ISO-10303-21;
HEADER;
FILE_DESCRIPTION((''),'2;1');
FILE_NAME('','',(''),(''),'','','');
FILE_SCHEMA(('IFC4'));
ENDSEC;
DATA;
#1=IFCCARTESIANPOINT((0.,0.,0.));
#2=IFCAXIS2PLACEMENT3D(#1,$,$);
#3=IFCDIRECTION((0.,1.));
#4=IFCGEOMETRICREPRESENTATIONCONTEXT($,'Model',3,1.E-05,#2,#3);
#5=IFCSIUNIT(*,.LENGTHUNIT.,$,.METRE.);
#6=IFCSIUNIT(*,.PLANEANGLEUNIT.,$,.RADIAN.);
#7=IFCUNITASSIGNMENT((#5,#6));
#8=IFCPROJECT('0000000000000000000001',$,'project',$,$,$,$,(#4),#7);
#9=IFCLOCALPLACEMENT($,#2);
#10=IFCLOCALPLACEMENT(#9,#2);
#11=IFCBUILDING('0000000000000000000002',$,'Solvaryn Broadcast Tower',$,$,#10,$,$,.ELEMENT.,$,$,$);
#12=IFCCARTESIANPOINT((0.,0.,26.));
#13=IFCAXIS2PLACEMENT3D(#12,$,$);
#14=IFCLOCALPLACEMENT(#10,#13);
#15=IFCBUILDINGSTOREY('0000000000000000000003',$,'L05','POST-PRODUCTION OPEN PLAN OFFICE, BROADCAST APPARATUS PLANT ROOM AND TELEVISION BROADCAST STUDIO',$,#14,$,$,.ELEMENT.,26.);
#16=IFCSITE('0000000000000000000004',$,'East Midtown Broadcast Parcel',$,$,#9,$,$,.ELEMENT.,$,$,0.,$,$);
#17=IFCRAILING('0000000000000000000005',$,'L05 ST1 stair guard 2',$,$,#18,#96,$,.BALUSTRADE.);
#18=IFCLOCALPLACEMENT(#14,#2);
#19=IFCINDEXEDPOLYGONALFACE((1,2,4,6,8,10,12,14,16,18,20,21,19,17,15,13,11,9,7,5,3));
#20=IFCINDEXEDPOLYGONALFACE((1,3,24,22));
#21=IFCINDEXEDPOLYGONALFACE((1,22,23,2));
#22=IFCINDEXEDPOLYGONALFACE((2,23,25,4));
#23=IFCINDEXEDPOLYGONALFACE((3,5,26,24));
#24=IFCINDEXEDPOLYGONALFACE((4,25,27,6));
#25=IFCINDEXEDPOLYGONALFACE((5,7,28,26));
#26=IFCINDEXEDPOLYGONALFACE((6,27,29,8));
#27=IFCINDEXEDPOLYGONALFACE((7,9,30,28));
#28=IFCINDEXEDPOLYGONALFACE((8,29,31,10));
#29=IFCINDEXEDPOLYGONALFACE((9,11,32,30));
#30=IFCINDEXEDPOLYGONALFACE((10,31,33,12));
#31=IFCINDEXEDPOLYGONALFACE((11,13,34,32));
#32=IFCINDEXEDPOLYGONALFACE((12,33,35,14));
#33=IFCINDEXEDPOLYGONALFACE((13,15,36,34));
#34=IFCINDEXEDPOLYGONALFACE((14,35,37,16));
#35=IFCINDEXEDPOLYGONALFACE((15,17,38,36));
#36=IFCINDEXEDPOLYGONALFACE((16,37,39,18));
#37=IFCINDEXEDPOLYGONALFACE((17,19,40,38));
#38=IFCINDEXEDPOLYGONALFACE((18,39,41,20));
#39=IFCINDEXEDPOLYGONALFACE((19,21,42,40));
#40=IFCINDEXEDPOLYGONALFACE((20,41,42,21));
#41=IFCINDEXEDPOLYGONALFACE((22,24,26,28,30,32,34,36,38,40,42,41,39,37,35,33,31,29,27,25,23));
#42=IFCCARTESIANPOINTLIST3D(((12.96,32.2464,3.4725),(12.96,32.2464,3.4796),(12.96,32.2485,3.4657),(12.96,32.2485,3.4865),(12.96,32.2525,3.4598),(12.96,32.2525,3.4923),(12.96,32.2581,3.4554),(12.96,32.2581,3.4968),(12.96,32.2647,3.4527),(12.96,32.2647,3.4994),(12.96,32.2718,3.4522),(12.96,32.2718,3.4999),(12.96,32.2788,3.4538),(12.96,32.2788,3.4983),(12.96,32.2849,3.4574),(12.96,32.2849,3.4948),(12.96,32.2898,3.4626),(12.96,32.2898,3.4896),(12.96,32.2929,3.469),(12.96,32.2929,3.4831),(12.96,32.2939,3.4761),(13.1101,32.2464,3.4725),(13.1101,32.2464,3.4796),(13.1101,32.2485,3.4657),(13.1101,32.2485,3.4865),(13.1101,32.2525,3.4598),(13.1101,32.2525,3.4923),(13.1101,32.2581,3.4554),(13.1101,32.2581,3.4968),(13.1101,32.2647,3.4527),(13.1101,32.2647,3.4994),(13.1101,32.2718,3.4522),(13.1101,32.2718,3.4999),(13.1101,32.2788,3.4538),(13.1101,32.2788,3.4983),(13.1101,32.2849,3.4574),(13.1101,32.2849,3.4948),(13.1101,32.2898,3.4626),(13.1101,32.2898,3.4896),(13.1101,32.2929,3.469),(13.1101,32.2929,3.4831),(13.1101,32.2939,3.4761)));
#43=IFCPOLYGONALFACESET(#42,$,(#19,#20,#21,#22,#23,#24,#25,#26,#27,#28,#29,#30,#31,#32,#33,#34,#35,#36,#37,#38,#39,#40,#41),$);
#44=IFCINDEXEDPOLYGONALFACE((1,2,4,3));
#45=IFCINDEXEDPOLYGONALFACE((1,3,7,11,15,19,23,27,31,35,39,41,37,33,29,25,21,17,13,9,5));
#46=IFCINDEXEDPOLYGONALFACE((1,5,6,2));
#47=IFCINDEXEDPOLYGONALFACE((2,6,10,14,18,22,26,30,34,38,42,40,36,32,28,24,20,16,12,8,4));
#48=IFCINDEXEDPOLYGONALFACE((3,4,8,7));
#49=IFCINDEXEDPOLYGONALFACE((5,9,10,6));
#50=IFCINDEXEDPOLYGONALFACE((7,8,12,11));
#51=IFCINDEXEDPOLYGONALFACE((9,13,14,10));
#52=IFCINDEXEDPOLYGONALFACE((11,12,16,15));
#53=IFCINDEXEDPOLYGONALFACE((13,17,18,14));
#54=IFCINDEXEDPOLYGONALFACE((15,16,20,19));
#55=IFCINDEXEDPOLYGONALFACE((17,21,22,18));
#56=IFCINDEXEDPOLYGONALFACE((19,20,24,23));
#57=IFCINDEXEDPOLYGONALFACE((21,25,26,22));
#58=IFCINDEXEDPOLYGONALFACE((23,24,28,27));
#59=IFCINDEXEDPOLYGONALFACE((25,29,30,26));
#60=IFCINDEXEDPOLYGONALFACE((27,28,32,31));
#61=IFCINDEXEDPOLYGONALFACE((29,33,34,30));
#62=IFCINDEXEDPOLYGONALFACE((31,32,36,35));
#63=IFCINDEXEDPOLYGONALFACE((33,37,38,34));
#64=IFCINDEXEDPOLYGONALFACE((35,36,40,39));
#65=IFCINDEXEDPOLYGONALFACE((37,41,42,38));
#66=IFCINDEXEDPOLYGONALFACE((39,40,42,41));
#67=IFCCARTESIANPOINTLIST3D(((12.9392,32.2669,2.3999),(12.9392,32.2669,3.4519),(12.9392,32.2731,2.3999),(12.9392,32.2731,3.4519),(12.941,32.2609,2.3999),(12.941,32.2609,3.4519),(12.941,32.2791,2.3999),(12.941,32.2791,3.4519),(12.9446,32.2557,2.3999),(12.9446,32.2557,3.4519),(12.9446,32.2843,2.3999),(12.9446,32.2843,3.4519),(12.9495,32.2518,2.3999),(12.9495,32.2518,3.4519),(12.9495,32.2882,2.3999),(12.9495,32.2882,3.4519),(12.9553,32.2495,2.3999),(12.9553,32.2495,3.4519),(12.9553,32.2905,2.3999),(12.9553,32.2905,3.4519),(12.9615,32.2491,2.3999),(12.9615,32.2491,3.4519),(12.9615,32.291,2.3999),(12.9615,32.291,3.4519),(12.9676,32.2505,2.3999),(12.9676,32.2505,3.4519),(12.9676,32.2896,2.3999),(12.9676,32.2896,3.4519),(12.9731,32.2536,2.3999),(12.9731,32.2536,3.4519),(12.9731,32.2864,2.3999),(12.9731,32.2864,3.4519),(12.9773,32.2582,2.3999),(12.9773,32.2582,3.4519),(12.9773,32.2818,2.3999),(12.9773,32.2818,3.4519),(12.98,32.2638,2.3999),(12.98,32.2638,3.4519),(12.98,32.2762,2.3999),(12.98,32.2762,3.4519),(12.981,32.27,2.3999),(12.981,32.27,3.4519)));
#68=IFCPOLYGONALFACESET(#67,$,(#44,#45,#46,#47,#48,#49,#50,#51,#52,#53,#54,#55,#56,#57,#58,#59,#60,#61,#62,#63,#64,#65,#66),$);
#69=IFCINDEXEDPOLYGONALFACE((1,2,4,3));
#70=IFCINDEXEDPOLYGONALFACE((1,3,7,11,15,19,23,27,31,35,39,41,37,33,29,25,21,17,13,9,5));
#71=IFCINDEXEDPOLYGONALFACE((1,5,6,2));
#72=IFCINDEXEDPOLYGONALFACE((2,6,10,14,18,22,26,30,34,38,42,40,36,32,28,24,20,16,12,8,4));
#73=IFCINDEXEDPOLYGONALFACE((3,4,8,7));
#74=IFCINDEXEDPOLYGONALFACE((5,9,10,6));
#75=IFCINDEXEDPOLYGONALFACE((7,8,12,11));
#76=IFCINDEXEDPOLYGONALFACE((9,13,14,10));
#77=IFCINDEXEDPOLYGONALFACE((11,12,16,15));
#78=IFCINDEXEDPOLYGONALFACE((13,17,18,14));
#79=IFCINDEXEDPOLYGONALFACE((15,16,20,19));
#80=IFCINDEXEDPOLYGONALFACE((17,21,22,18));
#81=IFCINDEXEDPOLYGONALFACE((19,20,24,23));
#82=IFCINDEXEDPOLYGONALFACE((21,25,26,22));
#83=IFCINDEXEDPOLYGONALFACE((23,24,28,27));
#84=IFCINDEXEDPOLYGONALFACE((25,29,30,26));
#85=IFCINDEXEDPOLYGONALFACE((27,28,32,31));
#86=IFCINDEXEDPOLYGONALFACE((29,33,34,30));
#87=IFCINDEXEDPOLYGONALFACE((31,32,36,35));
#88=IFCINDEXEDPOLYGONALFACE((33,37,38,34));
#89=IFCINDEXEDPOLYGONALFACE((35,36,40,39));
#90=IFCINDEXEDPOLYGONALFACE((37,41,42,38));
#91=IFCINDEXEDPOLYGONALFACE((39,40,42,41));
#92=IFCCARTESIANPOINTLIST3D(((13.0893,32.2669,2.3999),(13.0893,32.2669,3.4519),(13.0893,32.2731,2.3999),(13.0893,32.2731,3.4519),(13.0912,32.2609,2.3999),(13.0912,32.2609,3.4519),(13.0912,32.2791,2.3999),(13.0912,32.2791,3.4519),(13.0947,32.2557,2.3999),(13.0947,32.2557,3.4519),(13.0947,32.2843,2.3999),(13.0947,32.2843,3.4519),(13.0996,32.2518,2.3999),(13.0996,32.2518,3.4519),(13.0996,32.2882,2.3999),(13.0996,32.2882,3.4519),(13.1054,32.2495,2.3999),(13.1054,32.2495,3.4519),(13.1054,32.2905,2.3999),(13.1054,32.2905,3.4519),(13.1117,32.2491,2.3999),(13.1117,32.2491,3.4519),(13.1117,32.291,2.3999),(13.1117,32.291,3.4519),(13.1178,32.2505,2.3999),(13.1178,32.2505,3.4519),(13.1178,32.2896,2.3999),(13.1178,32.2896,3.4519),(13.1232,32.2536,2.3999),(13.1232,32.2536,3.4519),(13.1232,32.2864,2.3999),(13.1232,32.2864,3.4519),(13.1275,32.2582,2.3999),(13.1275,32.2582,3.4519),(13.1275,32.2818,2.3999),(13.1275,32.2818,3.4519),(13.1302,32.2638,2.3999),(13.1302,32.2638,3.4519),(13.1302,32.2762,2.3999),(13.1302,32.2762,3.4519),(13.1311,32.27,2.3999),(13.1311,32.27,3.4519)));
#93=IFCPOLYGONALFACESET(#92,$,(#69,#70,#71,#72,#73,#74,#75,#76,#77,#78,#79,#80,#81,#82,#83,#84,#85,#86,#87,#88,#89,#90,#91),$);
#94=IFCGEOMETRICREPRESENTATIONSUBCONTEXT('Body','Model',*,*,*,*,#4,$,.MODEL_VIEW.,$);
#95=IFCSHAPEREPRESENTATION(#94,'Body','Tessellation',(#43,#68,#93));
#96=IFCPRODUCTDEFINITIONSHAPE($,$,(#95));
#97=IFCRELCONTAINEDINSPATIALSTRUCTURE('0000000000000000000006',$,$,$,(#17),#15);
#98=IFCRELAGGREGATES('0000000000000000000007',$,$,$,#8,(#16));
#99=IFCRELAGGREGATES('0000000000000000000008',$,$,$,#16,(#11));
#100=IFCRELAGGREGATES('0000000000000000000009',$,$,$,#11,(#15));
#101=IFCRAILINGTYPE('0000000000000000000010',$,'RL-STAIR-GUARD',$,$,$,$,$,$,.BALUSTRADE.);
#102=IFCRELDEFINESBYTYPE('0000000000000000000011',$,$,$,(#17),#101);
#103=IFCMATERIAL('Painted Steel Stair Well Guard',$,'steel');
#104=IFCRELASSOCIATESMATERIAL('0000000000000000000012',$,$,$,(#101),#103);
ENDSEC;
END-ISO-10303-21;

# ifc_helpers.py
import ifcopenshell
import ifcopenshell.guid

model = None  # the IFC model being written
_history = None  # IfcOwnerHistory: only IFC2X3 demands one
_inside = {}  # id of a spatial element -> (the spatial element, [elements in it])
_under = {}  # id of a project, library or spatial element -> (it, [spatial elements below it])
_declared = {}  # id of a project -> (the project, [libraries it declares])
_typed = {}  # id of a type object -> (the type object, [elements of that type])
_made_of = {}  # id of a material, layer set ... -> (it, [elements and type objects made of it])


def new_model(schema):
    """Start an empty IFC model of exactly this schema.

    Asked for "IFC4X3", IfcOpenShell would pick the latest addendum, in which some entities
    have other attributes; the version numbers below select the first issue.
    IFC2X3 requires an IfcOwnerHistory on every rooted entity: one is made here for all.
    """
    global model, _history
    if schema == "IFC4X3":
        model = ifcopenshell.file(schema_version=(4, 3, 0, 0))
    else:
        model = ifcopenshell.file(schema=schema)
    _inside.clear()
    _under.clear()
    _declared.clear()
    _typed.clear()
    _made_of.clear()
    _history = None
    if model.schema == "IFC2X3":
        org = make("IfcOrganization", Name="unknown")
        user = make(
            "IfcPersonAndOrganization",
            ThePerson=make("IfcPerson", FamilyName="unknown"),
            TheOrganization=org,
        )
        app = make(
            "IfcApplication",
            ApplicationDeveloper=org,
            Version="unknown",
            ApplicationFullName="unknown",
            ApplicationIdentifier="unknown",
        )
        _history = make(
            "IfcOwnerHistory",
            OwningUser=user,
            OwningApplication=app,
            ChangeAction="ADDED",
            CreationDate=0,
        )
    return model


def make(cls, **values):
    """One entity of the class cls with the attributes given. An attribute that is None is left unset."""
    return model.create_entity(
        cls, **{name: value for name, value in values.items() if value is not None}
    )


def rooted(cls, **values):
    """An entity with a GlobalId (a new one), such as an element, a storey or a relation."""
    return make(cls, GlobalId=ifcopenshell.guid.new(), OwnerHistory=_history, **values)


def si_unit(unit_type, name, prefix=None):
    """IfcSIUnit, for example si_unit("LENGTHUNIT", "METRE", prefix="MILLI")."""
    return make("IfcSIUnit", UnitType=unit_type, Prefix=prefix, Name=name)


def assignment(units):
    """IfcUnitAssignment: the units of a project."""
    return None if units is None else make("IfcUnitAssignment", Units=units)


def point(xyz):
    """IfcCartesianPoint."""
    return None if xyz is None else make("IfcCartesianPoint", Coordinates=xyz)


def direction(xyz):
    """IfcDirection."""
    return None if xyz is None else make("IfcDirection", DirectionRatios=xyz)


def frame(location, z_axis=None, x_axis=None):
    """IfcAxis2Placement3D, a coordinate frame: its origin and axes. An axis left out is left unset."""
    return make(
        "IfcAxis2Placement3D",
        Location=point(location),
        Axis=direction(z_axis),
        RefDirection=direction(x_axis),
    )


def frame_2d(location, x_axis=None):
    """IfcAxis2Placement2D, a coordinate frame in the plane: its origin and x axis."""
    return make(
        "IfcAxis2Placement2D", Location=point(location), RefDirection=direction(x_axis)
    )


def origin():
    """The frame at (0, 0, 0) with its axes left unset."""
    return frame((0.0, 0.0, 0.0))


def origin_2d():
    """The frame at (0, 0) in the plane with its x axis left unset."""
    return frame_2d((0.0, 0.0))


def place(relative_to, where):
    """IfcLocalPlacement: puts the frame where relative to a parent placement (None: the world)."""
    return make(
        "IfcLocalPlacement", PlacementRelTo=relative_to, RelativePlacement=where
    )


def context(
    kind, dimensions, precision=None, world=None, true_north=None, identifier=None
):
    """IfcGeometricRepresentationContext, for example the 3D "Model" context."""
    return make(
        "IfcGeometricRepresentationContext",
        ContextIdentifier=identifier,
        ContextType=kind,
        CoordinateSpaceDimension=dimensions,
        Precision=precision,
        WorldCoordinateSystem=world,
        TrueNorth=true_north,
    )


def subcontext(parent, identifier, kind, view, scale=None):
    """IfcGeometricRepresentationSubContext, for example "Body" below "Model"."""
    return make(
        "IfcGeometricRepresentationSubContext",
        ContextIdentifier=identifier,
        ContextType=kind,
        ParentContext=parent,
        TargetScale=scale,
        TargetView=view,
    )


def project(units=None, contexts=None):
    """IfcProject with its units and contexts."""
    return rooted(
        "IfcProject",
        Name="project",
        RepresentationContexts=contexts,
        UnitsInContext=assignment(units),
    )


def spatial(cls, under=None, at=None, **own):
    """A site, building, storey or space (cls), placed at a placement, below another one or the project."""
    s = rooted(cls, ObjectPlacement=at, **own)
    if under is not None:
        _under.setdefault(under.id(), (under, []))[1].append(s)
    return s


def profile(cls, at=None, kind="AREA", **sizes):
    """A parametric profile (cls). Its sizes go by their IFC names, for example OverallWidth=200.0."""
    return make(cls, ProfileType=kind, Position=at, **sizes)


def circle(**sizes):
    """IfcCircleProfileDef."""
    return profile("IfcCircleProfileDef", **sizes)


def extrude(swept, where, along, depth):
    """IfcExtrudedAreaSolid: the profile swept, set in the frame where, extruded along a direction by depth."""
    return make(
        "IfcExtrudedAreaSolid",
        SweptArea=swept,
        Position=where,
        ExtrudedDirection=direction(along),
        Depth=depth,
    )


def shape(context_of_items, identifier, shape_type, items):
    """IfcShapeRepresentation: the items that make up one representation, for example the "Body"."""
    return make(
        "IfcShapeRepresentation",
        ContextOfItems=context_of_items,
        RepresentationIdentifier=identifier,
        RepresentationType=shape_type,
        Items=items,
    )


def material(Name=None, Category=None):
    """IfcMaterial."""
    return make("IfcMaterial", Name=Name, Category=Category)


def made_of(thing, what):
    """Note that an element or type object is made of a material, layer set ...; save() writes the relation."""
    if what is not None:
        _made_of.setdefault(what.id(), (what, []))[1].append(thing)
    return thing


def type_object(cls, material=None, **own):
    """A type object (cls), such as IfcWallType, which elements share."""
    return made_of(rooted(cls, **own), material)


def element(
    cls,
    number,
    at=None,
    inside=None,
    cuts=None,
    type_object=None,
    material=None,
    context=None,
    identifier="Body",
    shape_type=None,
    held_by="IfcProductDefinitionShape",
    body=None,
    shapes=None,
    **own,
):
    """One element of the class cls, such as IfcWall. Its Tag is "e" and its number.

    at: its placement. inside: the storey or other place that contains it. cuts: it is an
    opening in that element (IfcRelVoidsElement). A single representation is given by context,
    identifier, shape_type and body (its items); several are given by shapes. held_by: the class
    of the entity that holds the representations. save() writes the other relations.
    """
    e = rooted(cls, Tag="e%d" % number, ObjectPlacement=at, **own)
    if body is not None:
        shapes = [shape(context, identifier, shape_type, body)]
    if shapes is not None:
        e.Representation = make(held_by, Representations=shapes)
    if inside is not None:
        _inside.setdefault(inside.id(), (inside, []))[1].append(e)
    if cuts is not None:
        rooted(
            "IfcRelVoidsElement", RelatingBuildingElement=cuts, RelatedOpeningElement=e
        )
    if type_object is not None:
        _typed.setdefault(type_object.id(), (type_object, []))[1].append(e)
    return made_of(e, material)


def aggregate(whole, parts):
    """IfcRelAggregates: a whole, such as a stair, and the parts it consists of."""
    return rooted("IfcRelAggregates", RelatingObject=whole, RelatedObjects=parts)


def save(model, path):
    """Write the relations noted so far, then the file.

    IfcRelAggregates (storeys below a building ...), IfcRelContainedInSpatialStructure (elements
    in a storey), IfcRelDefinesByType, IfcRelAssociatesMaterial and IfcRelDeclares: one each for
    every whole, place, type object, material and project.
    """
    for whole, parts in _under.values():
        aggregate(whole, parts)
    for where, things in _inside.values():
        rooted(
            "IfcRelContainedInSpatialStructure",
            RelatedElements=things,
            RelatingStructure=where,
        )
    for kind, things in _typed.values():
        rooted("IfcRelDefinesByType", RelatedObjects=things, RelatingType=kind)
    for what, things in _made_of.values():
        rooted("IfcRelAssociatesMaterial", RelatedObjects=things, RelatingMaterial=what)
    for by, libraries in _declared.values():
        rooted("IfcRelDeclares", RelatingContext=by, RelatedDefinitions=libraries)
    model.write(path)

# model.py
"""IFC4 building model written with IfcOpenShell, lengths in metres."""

from ifc_helpers import new_model, si_unit, direction, frame, origin, origin_2d, place, context, subcontext, project, spatial, circle, extrude, material, type_object, element, save


model = new_model("IFC4")

# Units and contexts
model_context = context("Model", 3, precision=1e-05, world=origin(), true_north=direction((0.0, 1.0)))
body_context = subcontext(model_context, "Body", "Model", "MODEL_VIEW")
ifc_project = project(units=[si_unit("LENGTHUNIT", "METRE"), si_unit("PLANEANGLEUNIT", "RADIAN")], contexts=[model_context])

# Site, building, storey
site_placement = place(None, origin())
site = spatial("IfcSite", under=ifc_project, at=site_placement, Name="East Midtown Broadcast Parcel", CompositionType="ELEMENT", RefElevation=0.0)
building_placement = place(site_placement, origin())
building = spatial("IfcBuilding", under=site, at=building_placement, Name="Solvaryn Broadcast Tower", CompositionType="ELEMENT")
storey_placement = place(building_placement, frame((0.0, 0.0, 26.0)))
storey = spatial("IfcBuildingStorey", under=building, at=storey_placement, Name="L05", Description="POST-PRODUCTION OPEN PLAN OFFICE, BROADCAST APPARATUS PLANT ROOM AND TELEVISION BROADCAST STUDIO", CompositionType="ELEMENT", Elevation=26.0)

# Railing
ifc_material_1 = material(Name="Painted Steel Stair Well Guard", Category="steel")
railing_type_1 = type_object("IfcRailingType", Name="RL-STAIR-GUARD", PredefinedType="BALUSTRADE", material=ifc_material_1)
railing_1_placement = place(storey_placement, frame((12.96, 32.27, 2.3999)))
element("IfcRailing", 1, at=railing_1_placement, inside=storey, type_object=railing_type_1, Name="L05 ST1 stair guard 2", PredefinedType="BALUSTRADE", context=body_context, shape_type="SweptSolid", body=[
    extrude(circle(Radius=0.0239, at=origin_2d()), frame((0.0, 0.0, 1.0762), z_axis=(1.0, 0.0, 0.0), x_axis=(0.0, 1.0, 0.0)), (0.0, 0.0, 1.0), 0.1501),
    extrude(circle(Radius=0.021, at=origin_2d()), origin(), (0.0, 0.0, 1.0), 1.052),
    extrude(circle(Radius=0.021, at=origin_2d()), frame((0.1501, 0.0, 0.0)), (0.0, 0.0, 1.0), 1.052),
])

save(model, "model.ifc")
